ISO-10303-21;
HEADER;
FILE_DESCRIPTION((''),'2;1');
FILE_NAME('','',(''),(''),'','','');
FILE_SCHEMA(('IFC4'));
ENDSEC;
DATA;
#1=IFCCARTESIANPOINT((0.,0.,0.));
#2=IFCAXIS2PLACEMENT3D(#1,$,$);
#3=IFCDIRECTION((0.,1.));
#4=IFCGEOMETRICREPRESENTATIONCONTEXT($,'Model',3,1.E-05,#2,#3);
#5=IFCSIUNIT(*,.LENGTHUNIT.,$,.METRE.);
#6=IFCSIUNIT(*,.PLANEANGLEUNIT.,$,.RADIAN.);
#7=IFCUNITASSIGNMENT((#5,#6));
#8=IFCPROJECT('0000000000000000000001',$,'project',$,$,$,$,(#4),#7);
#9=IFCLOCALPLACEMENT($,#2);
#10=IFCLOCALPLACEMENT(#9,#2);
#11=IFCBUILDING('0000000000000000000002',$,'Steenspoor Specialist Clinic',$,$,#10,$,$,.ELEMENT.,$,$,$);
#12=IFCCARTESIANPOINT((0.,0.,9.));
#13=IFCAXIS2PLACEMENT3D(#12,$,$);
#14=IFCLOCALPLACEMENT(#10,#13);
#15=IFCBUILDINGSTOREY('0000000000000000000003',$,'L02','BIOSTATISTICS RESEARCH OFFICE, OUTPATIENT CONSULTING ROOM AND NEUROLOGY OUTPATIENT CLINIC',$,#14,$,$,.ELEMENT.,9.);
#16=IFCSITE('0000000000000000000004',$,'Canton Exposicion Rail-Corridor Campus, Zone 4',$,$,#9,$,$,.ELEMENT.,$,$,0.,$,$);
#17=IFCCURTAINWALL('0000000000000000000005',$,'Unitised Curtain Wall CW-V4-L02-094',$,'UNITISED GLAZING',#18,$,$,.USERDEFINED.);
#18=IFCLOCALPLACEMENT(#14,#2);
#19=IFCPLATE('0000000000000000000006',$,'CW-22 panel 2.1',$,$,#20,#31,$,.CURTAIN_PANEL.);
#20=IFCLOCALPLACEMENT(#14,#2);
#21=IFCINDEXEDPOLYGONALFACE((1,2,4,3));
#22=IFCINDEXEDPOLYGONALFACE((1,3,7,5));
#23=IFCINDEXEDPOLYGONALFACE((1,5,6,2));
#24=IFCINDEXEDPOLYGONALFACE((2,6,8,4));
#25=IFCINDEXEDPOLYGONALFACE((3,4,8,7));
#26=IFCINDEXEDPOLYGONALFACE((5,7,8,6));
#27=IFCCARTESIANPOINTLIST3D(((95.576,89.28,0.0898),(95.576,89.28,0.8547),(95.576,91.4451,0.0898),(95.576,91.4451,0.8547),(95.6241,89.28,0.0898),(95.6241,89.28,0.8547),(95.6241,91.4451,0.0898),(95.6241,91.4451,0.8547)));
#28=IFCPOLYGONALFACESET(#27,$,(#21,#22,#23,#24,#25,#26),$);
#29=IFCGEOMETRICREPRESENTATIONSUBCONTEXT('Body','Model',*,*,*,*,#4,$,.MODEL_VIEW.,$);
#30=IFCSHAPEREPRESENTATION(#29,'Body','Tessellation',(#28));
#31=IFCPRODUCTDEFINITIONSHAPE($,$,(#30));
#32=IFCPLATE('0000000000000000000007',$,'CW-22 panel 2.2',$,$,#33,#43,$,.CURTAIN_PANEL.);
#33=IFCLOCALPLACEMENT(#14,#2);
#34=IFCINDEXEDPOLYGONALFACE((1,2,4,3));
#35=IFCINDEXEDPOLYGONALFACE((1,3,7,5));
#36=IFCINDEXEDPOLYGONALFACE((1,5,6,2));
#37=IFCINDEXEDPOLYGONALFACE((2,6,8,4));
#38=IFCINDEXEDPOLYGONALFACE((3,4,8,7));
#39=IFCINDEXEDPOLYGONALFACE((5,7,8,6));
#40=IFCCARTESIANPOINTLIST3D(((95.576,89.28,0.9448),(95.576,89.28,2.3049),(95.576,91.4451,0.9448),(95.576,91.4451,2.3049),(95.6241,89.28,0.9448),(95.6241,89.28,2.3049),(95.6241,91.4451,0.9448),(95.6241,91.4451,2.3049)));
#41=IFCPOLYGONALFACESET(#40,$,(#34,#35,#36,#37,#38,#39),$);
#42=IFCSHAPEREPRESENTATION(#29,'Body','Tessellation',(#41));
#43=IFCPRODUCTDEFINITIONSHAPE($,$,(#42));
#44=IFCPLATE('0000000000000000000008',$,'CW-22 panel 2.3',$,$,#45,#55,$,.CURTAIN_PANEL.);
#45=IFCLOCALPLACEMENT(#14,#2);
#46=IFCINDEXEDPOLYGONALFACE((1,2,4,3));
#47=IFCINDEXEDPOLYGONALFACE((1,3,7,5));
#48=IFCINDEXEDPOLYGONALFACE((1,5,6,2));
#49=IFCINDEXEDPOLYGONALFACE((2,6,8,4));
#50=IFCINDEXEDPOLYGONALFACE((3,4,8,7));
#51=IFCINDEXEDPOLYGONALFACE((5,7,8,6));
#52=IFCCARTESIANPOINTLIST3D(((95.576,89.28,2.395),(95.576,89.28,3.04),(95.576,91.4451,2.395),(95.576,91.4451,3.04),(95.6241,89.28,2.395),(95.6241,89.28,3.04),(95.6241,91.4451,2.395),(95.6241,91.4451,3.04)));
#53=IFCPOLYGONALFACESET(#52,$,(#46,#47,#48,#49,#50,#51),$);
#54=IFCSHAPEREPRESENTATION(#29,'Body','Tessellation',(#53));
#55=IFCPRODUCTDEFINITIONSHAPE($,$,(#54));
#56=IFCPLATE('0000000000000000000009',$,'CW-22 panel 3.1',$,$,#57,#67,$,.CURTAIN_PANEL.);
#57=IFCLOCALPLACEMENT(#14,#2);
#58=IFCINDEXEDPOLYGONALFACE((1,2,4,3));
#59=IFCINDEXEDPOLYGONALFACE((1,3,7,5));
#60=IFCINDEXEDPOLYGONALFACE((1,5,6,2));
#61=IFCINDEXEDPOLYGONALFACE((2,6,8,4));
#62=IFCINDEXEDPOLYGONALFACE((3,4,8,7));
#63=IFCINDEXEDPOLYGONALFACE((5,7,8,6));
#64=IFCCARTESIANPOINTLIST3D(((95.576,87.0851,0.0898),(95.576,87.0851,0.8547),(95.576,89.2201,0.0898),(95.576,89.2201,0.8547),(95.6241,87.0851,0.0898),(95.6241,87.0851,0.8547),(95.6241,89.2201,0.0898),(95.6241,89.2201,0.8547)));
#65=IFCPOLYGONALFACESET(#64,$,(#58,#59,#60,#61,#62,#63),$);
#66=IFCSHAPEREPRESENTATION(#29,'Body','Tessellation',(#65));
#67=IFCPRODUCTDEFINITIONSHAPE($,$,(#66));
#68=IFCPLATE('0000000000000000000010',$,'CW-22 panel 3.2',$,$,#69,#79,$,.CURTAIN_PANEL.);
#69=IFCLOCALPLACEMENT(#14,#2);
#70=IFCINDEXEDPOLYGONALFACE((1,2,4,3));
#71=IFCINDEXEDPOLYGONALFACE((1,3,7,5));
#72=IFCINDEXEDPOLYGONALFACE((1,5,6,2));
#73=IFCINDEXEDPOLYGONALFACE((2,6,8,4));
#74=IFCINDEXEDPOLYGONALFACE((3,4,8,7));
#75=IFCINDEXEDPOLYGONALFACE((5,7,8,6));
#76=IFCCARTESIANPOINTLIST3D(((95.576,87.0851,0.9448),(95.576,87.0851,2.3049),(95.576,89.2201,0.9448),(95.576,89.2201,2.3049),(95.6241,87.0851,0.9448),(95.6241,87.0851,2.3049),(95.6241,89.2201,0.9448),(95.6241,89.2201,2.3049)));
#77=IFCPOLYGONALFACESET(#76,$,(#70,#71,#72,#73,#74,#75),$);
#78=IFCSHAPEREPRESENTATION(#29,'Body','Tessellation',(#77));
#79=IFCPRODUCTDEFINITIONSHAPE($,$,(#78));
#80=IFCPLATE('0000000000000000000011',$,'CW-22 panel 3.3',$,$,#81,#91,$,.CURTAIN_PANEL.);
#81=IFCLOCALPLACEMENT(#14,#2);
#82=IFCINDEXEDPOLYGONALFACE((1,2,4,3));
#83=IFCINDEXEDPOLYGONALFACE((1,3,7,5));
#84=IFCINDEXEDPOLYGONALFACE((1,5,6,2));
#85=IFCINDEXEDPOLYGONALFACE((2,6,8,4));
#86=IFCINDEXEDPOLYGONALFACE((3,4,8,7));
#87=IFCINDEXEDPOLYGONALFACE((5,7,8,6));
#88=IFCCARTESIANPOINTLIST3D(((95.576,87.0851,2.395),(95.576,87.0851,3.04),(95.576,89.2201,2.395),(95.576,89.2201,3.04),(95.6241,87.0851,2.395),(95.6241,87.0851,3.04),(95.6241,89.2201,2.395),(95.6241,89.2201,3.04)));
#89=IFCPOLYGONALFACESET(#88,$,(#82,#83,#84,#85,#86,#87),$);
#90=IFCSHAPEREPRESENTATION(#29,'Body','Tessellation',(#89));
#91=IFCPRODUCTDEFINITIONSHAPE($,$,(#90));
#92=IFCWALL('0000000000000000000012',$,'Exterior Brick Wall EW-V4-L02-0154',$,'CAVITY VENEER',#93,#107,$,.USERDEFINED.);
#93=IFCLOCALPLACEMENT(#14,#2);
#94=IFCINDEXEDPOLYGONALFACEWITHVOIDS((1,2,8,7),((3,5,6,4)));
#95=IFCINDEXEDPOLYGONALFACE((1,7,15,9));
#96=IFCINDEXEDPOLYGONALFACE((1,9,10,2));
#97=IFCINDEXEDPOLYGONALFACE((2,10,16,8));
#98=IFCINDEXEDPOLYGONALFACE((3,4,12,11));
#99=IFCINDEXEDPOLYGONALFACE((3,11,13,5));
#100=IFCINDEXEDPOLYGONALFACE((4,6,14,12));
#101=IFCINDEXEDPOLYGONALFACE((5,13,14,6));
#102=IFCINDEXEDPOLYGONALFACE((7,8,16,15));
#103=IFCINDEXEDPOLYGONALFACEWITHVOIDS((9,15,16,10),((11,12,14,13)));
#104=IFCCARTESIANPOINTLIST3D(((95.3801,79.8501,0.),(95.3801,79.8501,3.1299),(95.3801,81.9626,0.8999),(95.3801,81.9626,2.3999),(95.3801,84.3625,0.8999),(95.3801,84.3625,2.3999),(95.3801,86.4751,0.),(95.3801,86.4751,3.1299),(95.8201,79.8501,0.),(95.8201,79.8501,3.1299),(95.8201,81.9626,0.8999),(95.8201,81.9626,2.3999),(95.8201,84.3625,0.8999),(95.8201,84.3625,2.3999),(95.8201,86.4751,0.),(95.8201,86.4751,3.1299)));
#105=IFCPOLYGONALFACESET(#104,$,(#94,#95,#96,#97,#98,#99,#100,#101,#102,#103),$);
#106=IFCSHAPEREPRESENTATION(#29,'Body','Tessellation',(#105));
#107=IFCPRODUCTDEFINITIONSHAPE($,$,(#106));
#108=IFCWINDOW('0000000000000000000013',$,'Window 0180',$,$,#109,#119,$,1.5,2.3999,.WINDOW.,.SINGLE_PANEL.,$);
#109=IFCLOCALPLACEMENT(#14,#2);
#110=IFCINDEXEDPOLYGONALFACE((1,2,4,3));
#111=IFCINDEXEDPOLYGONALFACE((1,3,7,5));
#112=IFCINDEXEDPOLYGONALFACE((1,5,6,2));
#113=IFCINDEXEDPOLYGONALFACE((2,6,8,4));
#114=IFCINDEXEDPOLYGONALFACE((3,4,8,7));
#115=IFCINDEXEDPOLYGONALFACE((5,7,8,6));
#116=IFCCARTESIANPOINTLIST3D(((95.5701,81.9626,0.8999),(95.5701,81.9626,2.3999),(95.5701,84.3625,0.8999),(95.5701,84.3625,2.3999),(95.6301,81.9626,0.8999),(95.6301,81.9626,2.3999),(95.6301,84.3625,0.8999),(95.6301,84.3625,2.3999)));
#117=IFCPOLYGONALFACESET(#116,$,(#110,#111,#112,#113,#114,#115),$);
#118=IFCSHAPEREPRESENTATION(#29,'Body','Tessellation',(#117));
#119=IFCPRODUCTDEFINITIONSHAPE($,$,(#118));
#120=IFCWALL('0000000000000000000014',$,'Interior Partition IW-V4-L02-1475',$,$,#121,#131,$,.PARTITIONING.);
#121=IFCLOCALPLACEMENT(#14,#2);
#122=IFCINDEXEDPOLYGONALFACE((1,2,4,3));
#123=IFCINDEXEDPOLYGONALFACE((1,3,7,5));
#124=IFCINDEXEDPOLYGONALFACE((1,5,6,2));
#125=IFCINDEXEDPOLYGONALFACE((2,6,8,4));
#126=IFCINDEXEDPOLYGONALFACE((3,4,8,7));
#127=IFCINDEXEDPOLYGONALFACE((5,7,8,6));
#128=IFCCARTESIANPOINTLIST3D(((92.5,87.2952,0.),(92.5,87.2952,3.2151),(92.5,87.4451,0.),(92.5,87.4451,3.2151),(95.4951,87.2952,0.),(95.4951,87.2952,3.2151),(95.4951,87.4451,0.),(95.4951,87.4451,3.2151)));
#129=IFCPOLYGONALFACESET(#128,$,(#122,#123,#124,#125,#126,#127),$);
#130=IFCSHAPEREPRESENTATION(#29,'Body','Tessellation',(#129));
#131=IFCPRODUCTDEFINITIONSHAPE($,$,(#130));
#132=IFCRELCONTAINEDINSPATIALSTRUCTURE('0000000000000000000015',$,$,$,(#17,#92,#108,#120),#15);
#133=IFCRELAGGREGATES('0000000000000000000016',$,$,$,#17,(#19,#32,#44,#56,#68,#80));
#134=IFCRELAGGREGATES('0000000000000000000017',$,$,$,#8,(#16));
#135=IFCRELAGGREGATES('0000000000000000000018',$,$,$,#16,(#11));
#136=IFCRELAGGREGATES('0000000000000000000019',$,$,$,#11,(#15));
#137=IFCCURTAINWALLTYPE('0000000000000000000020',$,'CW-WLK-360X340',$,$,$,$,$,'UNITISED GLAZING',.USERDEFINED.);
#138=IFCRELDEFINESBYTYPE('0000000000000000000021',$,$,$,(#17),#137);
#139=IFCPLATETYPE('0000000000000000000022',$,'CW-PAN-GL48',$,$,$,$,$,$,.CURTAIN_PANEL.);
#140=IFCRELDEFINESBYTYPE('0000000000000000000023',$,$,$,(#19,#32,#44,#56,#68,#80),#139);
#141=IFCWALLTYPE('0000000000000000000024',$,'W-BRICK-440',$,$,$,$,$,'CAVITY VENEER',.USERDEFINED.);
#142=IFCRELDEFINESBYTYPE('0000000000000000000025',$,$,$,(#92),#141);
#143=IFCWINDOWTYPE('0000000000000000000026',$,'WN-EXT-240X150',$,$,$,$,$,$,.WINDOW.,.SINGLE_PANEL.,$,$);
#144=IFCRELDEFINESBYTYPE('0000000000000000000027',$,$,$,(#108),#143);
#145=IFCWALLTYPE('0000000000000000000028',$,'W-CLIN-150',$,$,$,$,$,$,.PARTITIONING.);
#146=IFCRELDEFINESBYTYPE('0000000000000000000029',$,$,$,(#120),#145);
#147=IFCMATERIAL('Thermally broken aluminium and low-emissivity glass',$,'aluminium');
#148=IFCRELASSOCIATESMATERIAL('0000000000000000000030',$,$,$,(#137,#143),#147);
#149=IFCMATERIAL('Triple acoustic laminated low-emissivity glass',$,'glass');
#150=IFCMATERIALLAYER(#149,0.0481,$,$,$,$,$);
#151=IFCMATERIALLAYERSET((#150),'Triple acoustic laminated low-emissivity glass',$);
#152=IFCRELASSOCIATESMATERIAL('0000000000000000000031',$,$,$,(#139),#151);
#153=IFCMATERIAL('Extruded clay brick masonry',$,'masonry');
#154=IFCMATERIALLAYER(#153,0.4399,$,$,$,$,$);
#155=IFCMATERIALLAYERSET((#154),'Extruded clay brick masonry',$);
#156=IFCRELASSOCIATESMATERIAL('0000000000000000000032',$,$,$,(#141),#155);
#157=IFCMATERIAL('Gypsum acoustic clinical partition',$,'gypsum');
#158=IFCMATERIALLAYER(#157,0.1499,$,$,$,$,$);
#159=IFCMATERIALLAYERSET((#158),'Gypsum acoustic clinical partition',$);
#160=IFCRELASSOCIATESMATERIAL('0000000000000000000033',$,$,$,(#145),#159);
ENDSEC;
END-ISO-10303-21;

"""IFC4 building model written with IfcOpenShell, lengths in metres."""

from ifc_helpers import new_model, si_unit, direction, frame, frame_2d, origin, origin_2d, place, context, subcontext, project, spatial, rectangle, extrude, material, layer, layer_set, type_object, element, fill, aggregate, save


model = new_model("IFC4")

# Units and contexts
model_context = context("Model", 3, precision=1e-05, world=origin(), true_north=direction((0.0, 1.0)))
body_context = subcontext(model_context, "Body", "Model", "MODEL_VIEW")
ifc_project = project(units=[si_unit("LENGTHUNIT", "METRE"), si_unit("PLANEANGLEUNIT", "RADIAN")], contexts=[model_context])

# Site, building, storey
site_placement = place(None, origin())
site = spatial("IfcSite", under=ifc_project, at=site_placement, Name="Canton Exposicion Rail-Corridor Campus, Zone 4", CompositionType="ELEMENT", RefElevation=0.0)
building_placement = place(site_placement, origin())
building = spatial("IfcBuilding", under=site, at=building_placement, Name="Steenspoor Specialist Clinic", CompositionType="ELEMENT")
storey_placement = place(building_placement, frame((0.0, 0.0, 9.0)))
storey = spatial("IfcBuildingStorey", under=building, at=storey_placement, Name="L02", Description="BIOSTATISTICS RESEARCH OFFICE, OUTPATIENT CONSULTING ROOM AND NEUROLOGY OUTPATIENT CLINIC", CompositionType="ELEMENT", Elevation=9.0)

# Curtain wall
ifc_material_1 = material(Name="Thermally broken aluminium and low-emissivity glass", Category="aluminium")
curtain_wall_type = type_object("IfcCurtainWallType", Name="CW-WLK-360X340", ElementType="UNITISED GLAZING", PredefinedType="USERDEFINED", material=ifc_material_1)
curtain_wall_placement = place(storey_placement, origin())
curtain_wall = element("IfcCurtainWall", 1, at=curtain_wall_placement, inside=storey, type_object=curtain_wall_type, Name="Unitised Curtain Wall CW-V4-L02-094", ObjectType="UNITISED GLAZING", PredefinedType="USERDEFINED")

# Plates
ifc_material_2 = material(Name="Triple acoustic laminated low-emissivity glass", Category="glass")
ifc_layer_1 = layer(ifc_material_2, 0.0481)
ifc_layer_set_1 = layer_set([ifc_layer_1], Name="Triple acoustic laminated low-emissivity glass")
plate_type = type_object("IfcPlateType", Name="CW-PAN-GL48", PredefinedType="CURTAIN_PANEL", material=ifc_layer_set_1)
plate_1_placement = place(storey_placement, frame((95.6001, 90.3625, 0.0898), z_axis=(0.0, 0.0, 1.0), x_axis=(0.0, -1.0, 0.0)))
plate_1 = element("IfcPlate", 2, at=plate_1_placement, type_object=plate_type, Name="CW-22 panel 2.1", PredefinedType="CURTAIN_PANEL", context=body_context, shape_type="SweptSolid", body=[
    extrude(rectangle(XDim=2.165, YDim=0.0481, at=origin_2d()), origin(), (0.0, 0.0, 1.0), 0.7649),
])
plate_2_placement = place(storey_placement, frame((95.6001, 90.3625, 0.9448), z_axis=(0.0, 0.0, 1.0), x_axis=(0.0, -1.0, 0.0)))
plate_2 = element("IfcPlate", 3, at=plate_2_placement, type_object=plate_type, Name="CW-22 panel 2.2", PredefinedType="CURTAIN_PANEL", context=body_context, shape_type="SweptSolid", body=[
    extrude(rectangle(XDim=2.165, YDim=0.0481, at=origin_2d()), origin(), (0.0, 0.0, 1.0), 1.3601),
])
plate_3_placement = place(storey_placement, frame((95.6001, 90.3625, 2.395), z_axis=(0.0, 0.0, 1.0), x_axis=(0.0, -1.0, 0.0)))
plate_3 = element("IfcPlate", 4, at=plate_3_placement, type_object=plate_type, Name="CW-22 panel 2.3", PredefinedType="CURTAIN_PANEL", context=body_context, shape_type="SweptSolid", body=[
    extrude(rectangle(XDim=2.165, YDim=0.0481, at=origin_2d()), origin(), (0.0, 0.0, 1.0), 0.645),
])
plate_4_placement = place(storey_placement, frame((95.6001, 88.1526, 0.0898), z_axis=(0.0, 0.0, 1.0), x_axis=(0.0, -1.0, 0.0)))
plate_4 = element("IfcPlate", 5, at=plate_4_placement, type_object=plate_type, Name="CW-22 panel 3.1", PredefinedType="CURTAIN_PANEL", context=body_context, shape_type="SweptSolid", body=[
    extrude(rectangle(XDim=2.135, YDim=0.0481, at=origin_2d()), origin(), (0.0, 0.0, 1.0), 0.7649),
])
plate_5_placement = place(storey_placement, frame((95.6001, 88.1526, 0.9448), z_axis=(0.0, 0.0, 1.0), x_axis=(0.0, -1.0, 0.0)))
plate_5 = element("IfcPlate", 6, at=plate_5_placement, type_object=plate_type, Name="CW-22 panel 3.2", PredefinedType="CURTAIN_PANEL", context=body_context, shape_type="SweptSolid", body=[
    extrude(rectangle(XDim=2.135, YDim=0.0481, at=origin_2d()), origin(), (0.0, 0.0, 1.0), 1.3601),
])
plate_6_placement = place(storey_placement, frame((95.6001, 88.1526, 2.395), z_axis=(0.0, 0.0, 1.0), x_axis=(0.0, -1.0, 0.0)))
plate_6 = element("IfcPlate", 7, at=plate_6_placement, type_object=plate_type, Name="CW-22 panel 3.3", PredefinedType="CURTAIN_PANEL", context=body_context, shape_type="SweptSolid", body=[
    extrude(rectangle(XDim=2.135, YDim=0.0481, at=origin_2d()), origin(), (0.0, 0.0, 1.0), 0.645),
])
aggregate(curtain_wall, [plate_1, plate_2, plate_3, plate_4, plate_5, plate_6])

# Wall, opening, window
ifc_material_3 = material(Name="Extruded clay brick masonry", Category="masonry")
ifc_layer_2 = layer(ifc_material_3, 0.4399)
ifc_layer_set_2 = layer_set([ifc_layer_2], Name="Extruded clay brick masonry")
wall_type_1 = type_object("IfcWallType", Name="W-BRICK-440", ElementType="CAVITY VENEER", PredefinedType="USERDEFINED", material=ifc_layer_set_2)
wall_1_placement = place(storey_placement, frame((95.6001, 86.4751, 0.0), z_axis=(0.0, 0.0, 1.0), x_axis=(0.0, -1.0, 0.0)))
wall_1 = element("IfcWall", 8, at=wall_1_placement, inside=storey, type_object=wall_type_1, Name="Exterior Brick Wall EW-V4-L02-0154", ObjectType="CAVITY VENEER", PredefinedType="USERDEFINED", context=body_context, shape_type="SweptSolid", body=[
    extrude(rectangle(XDim=6.625, YDim=0.4399, at=frame_2d((3.3125, 0.0))), origin(), (0.0, 0.0, 1.0), 3.1299),
])
opening_placement = place(wall_1_placement, frame((2.1125, 0.0, 0.8999)))
opening = element("IfcOpeningElement", 9, at=opening_placement, cuts=wall_1, PredefinedType="OPENING", context=body_context, shape_type="SweptSolid", body=[
    extrude(rectangle(XDim=2.3999, YDim=1.5, at=frame_2d((1.2, 0.75))), frame((0.0, 0.23, 0.0), z_axis=(0.0, -1.0, 0.0), x_axis=(1.0, 0.0, 0.0)), (0.0, 0.0, 1.0), 0.46),
])
window_type = type_object("IfcWindowType", Name="WN-EXT-240X150", PartitioningType="SINGLE_PANEL", PredefinedType="WINDOW", material=ifc_material_1)
window_placement = place(opening_placement, origin())
window = element("IfcWindow", 10, at=window_placement, inside=storey, type_object=window_type, Name="Window 0180", OverallHeight=1.5, OverallWidth=2.3999, PartitioningType="SINGLE_PANEL", PredefinedType="WINDOW", context=body_context, shape_type="SweptSolid", body=[
    extrude(rectangle(XDim=2.3999, YDim=1.5, at=frame_2d((1.2, 0.75))), frame((0.0, 0.03, 0.0), z_axis=(0.0, -1.0, 0.0), x_axis=(1.0, 0.0, 0.0)), (0.0, 0.0, 1.0), 0.0601),
])
fill(opening, window)

# Wall
ifc_material_4 = material(Name="Gypsum acoustic clinical partition", Category="gypsum")
ifc_layer_3 = layer(ifc_material_4, 0.1499)
ifc_layer_set_3 = layer_set([ifc_layer_3], Name="Gypsum acoustic clinical partition")
wall_type_2 = type_object("IfcWallType", Name="W-CLIN-150", PredefinedType="PARTITIONING", material=ifc_layer_set_3)
wall_2_placement = place(storey_placement, frame((92.5, 87.3701, 0.0), z_axis=(0.0, 0.0, 1.0), x_axis=(1.0, 0.0, 0.0)))
element("IfcWall", 11, at=wall_2_placement, inside=storey, type_object=wall_type_2, Name="Interior Partition IW-V4-L02-1475", PredefinedType="PARTITIONING", context=body_context, shape_type="SweptSolid", body=[
    extrude(rectangle(XDim=2.9951, YDim=0.1499, at=frame_2d((1.4976, 0.0))), origin(), (0.0, 0.0, 1.0), 3.2151),
])

save(model, "model.ifc")
